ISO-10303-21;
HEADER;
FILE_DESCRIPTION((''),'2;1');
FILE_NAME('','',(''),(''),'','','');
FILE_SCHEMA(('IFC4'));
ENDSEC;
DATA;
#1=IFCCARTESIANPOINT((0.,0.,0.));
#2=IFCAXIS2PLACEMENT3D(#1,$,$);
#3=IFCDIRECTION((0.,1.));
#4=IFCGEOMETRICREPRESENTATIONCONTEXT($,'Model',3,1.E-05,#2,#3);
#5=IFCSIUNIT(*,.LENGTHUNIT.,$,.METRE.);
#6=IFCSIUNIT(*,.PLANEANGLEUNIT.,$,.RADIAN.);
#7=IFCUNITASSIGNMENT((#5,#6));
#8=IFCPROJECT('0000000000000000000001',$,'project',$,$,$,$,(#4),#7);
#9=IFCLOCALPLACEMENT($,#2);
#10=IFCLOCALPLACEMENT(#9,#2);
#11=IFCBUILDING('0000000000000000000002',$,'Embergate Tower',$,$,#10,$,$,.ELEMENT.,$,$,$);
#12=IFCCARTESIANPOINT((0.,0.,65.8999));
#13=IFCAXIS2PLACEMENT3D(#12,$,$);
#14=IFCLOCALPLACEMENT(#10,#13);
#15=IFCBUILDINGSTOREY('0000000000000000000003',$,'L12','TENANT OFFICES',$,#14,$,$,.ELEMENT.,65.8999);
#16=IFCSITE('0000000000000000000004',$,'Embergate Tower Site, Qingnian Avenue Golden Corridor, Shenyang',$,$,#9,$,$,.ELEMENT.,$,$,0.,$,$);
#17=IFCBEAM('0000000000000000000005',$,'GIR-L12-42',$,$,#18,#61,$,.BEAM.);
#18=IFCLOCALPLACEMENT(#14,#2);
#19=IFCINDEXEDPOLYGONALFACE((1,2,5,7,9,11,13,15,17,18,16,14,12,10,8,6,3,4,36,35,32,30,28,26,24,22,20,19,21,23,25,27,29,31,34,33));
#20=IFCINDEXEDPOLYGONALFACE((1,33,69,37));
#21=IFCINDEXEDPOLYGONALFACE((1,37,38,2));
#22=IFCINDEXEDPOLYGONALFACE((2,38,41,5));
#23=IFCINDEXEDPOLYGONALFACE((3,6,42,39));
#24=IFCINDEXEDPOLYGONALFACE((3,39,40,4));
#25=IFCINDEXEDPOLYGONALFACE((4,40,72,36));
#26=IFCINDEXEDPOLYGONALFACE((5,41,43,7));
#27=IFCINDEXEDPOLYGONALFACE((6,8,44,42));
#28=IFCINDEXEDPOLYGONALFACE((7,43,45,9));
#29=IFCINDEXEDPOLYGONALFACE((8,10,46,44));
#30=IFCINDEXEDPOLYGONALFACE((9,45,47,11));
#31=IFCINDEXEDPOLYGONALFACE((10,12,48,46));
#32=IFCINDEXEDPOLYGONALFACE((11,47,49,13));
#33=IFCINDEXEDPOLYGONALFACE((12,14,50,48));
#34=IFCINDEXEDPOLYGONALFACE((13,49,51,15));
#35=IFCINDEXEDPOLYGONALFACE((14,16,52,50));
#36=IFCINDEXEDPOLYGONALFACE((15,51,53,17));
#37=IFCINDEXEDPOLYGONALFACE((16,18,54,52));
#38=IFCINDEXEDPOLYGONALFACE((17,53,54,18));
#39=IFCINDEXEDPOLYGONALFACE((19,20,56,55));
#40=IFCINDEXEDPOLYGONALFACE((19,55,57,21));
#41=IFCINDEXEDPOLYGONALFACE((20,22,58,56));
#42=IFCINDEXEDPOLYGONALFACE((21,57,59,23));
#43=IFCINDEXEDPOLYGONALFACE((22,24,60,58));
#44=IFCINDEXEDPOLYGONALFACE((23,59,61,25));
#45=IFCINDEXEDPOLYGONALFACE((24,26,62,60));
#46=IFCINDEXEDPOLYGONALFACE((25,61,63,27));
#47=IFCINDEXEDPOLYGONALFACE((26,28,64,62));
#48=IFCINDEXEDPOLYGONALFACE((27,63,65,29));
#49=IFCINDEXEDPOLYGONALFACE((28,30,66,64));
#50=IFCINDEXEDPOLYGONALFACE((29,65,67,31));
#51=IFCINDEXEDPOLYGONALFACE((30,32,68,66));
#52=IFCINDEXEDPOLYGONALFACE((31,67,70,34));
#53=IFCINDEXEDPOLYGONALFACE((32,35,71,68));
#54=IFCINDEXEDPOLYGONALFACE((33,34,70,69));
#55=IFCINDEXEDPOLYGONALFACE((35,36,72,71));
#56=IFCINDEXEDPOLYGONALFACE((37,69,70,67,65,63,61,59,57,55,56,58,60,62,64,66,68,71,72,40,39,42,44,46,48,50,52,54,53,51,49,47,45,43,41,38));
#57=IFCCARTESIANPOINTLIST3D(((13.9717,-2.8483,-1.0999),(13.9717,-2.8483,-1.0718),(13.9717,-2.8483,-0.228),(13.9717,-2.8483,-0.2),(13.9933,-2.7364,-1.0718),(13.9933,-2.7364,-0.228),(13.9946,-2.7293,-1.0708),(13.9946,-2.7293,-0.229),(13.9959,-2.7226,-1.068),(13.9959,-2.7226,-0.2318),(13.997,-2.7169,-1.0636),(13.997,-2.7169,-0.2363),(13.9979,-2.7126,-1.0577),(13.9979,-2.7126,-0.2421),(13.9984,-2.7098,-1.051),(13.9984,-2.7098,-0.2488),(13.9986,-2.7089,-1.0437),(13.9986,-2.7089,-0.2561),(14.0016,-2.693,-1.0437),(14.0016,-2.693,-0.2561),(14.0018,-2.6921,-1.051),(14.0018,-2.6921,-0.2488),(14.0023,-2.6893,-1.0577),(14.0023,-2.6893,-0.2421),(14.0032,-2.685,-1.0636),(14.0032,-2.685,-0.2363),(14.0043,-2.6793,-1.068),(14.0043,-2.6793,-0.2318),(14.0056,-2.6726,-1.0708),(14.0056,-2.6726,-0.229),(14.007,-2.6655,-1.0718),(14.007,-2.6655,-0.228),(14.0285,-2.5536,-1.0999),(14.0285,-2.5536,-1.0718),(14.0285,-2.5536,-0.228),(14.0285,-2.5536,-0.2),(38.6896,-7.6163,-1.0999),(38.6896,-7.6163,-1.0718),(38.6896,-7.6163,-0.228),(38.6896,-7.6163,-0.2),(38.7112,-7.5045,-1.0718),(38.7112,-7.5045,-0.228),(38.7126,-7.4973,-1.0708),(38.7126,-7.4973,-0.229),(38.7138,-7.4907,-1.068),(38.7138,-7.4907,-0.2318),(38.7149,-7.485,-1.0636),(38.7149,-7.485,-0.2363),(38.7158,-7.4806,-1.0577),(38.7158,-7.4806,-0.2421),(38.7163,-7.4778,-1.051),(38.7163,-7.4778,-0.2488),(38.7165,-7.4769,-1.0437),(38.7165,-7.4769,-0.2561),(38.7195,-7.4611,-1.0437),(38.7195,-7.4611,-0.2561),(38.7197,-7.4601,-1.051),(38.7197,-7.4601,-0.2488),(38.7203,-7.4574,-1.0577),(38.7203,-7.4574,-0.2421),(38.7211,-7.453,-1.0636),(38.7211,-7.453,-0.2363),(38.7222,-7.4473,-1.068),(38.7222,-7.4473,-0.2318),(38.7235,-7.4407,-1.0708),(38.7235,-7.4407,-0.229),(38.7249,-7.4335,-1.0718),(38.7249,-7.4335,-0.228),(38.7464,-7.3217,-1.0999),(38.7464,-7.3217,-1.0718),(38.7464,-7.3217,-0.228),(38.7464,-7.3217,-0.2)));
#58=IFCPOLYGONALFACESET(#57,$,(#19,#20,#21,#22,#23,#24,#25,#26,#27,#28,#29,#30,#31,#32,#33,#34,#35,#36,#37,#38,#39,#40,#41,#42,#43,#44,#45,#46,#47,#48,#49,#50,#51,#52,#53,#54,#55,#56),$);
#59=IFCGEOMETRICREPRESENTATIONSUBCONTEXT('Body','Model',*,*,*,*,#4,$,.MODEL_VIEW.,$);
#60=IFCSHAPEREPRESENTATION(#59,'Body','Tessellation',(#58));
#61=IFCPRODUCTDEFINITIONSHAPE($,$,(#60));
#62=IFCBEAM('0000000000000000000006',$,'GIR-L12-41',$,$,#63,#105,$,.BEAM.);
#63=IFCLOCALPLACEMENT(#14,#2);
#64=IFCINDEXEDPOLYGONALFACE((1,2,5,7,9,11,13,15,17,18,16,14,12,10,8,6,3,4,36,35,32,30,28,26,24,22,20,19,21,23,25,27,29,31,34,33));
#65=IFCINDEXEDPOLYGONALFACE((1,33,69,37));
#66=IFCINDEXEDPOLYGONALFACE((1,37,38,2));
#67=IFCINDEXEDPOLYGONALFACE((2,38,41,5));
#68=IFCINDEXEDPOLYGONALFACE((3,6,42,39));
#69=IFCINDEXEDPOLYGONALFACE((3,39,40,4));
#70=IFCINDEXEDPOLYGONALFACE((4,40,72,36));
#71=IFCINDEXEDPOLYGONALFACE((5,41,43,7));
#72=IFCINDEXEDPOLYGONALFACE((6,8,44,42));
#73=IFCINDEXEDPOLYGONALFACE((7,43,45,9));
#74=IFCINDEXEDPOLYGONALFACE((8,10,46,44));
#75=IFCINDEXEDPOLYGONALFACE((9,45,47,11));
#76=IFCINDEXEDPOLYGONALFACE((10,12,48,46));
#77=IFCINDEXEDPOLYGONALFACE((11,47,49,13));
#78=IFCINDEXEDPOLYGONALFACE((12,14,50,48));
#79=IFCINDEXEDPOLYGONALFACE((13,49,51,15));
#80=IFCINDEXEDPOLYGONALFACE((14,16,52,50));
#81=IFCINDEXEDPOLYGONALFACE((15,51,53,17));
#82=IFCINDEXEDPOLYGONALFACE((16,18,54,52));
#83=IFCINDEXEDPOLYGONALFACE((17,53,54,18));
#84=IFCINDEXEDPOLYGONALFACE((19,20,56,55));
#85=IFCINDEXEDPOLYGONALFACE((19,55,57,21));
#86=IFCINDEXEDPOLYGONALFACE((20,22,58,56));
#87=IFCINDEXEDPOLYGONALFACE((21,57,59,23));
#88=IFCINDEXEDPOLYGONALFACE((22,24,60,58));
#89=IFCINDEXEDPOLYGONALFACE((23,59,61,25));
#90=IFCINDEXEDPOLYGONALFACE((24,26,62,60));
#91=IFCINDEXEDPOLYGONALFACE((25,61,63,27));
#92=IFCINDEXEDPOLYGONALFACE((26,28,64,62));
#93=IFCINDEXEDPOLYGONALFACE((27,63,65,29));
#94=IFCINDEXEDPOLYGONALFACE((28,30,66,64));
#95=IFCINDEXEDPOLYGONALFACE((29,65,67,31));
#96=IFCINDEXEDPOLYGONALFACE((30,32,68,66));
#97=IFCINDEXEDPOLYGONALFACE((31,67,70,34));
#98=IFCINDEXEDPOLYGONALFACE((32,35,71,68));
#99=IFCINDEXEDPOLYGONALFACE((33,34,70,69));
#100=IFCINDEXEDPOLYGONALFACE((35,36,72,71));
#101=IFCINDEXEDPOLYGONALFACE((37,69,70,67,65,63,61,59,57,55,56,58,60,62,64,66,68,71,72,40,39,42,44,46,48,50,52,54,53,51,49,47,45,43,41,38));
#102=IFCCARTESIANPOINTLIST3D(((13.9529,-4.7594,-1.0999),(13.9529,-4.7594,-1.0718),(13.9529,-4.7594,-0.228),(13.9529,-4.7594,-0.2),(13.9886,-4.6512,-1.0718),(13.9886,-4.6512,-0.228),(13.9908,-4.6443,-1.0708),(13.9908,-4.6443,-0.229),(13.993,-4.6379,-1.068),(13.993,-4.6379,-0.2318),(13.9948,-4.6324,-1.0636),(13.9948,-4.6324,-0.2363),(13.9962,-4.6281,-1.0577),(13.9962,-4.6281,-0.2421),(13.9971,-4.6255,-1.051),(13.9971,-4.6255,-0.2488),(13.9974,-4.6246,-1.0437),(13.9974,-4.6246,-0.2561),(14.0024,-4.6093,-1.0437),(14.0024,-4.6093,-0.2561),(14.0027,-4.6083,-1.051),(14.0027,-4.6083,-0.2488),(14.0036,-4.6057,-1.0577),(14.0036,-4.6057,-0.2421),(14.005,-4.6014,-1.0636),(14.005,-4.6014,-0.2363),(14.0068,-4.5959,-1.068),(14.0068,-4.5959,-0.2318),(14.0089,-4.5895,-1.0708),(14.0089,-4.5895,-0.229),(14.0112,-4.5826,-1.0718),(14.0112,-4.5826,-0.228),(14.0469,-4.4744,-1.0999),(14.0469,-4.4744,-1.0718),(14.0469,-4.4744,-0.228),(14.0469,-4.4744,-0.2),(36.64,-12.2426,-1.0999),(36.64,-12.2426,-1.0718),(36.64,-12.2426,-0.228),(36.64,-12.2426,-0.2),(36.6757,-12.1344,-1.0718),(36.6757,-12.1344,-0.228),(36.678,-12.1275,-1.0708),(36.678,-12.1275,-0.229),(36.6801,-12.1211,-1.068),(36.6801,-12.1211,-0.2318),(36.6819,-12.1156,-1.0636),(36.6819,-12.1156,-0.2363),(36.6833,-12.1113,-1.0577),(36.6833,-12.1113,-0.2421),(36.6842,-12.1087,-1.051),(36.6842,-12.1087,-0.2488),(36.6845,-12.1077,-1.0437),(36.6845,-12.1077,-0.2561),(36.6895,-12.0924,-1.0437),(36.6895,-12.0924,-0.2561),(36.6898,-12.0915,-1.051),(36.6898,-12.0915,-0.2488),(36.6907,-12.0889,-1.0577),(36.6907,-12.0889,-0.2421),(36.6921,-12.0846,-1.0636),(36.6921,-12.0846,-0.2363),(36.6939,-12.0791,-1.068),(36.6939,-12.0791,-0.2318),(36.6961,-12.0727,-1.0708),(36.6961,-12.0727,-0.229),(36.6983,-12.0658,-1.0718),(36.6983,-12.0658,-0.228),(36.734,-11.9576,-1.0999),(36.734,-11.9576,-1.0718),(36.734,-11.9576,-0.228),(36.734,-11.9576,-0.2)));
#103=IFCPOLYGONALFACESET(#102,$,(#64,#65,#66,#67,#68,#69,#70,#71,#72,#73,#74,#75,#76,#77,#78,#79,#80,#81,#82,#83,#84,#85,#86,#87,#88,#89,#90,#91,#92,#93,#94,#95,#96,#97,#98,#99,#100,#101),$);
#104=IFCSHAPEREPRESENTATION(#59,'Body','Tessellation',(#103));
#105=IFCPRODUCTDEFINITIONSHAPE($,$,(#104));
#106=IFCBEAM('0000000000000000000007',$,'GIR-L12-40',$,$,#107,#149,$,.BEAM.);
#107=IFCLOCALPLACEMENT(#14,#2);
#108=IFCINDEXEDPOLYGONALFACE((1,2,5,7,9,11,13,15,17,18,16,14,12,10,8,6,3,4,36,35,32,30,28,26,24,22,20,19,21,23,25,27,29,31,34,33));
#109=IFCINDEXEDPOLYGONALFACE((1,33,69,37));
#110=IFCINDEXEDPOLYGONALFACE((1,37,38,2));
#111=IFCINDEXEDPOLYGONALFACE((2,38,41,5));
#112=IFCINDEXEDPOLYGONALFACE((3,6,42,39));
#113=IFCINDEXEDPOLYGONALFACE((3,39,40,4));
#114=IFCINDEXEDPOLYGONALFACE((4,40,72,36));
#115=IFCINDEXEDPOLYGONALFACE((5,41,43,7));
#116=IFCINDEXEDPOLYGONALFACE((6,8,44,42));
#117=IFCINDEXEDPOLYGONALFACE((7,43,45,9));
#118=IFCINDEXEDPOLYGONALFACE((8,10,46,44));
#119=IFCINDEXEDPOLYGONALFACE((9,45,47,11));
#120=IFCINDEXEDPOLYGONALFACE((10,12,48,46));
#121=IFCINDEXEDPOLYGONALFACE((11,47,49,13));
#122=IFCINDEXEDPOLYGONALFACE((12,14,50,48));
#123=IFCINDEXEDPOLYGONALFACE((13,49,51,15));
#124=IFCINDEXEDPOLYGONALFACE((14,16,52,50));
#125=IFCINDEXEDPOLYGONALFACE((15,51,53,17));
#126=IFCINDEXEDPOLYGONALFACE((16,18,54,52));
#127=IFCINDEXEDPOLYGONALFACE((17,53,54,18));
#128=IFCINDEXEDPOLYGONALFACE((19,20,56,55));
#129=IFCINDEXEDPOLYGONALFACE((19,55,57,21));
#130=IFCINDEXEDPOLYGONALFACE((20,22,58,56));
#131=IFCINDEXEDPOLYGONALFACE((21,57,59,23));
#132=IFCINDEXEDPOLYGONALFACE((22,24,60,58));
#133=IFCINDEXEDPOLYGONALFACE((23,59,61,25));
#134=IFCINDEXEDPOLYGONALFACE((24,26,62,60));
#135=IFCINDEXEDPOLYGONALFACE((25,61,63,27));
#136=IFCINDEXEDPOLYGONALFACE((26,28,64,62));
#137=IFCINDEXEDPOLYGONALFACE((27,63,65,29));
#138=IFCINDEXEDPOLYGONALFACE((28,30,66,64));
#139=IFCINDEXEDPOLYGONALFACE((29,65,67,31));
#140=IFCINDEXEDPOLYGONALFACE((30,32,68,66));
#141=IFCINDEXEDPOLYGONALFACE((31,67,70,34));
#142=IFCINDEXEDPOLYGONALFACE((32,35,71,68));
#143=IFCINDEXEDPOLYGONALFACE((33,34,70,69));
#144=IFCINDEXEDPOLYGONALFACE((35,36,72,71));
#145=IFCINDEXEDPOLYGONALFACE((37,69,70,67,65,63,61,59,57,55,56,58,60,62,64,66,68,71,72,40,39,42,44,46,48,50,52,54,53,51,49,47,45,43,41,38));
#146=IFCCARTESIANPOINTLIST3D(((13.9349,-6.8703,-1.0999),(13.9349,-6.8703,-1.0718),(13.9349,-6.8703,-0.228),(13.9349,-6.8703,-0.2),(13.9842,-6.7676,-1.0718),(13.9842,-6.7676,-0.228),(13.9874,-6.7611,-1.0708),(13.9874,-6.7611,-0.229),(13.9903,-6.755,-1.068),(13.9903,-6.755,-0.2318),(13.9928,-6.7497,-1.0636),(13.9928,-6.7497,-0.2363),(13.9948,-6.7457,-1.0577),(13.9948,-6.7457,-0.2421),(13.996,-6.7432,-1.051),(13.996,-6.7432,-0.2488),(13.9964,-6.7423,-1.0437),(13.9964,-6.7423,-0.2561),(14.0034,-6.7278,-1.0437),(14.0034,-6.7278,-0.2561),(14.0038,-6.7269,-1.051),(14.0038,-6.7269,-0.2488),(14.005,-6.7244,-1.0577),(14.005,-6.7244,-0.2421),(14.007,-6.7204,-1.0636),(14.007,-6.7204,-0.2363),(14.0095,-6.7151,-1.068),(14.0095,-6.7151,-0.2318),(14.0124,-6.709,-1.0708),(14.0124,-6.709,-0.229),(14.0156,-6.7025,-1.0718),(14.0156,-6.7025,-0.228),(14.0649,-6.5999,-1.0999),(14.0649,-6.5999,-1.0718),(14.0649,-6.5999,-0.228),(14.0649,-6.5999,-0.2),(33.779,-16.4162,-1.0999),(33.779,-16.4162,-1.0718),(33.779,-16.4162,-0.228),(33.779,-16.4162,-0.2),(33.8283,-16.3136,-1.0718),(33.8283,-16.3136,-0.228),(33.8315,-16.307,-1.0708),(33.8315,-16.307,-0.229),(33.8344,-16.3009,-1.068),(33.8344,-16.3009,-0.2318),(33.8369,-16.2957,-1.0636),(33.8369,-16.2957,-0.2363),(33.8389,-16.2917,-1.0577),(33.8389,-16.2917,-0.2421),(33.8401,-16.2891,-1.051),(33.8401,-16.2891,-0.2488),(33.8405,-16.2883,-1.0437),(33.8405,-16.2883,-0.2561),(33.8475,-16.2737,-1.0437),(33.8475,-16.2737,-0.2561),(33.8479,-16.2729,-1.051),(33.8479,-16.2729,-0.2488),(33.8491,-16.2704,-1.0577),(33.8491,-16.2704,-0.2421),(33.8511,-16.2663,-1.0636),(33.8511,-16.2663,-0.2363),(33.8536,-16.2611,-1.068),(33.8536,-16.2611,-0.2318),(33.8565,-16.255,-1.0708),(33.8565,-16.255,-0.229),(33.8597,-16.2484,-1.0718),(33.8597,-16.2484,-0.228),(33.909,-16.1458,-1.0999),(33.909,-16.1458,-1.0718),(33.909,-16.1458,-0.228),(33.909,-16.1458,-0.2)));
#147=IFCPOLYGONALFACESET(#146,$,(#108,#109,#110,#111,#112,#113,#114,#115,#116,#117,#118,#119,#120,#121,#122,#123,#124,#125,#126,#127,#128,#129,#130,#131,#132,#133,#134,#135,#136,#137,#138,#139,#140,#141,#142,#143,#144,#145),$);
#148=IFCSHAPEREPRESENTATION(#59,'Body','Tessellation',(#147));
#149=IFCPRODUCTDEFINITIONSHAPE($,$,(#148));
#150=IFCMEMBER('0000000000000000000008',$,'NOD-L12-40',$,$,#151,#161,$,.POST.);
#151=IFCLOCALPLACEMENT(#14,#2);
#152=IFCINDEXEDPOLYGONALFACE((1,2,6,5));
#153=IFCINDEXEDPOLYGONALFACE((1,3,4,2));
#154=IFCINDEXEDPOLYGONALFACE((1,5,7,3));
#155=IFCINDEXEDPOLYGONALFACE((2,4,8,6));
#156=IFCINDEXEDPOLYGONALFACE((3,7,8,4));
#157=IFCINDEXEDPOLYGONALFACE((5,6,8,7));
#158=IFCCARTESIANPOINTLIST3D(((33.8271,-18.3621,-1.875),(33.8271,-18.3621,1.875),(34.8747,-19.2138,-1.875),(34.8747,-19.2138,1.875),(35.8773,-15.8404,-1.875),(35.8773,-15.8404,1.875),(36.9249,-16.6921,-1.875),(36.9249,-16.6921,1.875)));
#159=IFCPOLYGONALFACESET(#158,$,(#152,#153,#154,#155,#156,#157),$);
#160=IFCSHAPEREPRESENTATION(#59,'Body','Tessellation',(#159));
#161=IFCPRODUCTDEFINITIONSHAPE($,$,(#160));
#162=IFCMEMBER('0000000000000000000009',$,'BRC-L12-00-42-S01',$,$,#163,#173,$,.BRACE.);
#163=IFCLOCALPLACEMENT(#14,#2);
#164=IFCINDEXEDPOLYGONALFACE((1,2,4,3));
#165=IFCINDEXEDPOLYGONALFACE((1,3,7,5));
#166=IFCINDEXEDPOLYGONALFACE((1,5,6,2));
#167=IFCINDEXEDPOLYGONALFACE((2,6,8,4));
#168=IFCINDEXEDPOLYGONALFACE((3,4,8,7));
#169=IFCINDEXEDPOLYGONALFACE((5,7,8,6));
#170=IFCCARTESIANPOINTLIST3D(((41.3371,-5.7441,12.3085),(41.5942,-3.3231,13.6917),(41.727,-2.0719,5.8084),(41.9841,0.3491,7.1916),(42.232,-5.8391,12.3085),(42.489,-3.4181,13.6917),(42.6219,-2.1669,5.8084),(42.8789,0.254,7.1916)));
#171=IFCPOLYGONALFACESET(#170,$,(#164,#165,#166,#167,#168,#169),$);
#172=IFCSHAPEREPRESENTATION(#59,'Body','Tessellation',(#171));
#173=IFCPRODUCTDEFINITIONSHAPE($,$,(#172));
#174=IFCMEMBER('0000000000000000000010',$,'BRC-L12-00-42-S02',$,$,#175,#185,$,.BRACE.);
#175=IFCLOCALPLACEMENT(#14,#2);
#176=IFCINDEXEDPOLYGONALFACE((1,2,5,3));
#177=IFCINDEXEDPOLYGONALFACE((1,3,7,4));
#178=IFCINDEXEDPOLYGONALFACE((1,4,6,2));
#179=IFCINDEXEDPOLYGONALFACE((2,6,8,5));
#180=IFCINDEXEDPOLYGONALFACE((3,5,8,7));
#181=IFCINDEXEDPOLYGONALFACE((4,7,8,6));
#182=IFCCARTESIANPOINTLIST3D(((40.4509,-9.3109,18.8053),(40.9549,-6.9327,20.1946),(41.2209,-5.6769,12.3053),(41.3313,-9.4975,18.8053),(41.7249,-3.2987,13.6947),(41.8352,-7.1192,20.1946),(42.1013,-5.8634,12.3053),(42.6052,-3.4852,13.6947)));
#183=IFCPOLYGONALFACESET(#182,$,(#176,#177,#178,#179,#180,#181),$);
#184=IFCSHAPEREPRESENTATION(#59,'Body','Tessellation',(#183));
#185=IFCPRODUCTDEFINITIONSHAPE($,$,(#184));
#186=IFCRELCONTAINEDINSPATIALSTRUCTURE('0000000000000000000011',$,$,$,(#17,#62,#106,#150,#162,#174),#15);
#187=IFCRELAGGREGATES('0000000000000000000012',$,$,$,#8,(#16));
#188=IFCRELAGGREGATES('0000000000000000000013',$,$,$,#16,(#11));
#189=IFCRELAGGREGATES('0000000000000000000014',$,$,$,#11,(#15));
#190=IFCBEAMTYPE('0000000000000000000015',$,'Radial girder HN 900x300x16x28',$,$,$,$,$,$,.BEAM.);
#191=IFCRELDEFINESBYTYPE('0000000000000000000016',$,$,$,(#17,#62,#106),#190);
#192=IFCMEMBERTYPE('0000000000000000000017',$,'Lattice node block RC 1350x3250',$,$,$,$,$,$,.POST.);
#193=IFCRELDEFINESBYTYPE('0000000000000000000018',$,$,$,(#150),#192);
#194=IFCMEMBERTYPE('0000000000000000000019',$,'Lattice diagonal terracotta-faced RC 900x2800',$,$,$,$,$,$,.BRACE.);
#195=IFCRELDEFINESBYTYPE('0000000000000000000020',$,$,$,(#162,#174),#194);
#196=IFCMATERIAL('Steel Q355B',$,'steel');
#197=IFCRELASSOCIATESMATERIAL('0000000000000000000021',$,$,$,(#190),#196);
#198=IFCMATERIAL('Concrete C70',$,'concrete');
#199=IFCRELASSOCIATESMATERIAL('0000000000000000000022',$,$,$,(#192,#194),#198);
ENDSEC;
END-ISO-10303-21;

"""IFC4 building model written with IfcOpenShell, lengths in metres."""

from ifc_helpers import new_model, si_unit, direction, frame, origin, origin_2d, place, context, subcontext, project, spatial, rectangle, i_section, extrude, source, transform, mapped, material, material_profile, profile_set, type_object, element, save


model = new_model("IFC4")

# Units and contexts
model_context = context("Model", 3, precision=1e-05, world=origin(), true_north=direction((0.0, 1.0)))
body_context = subcontext(model_context, "Body", "Model", "MODEL_VIEW")
ifc_project = project(units=[si_unit("LENGTHUNIT", "METRE"), si_unit("PLANEANGLEUNIT", "RADIAN")], contexts=[model_context])

# Site, building, storey
site_placement = place(None, origin())
site = spatial("IfcSite", under=ifc_project, at=site_placement, Name="Embergate Tower Site, Qingnian Avenue Golden Corridor, Shenyang", CompositionType="ELEMENT", RefElevation=0.0)
building_placement = place(site_placement, origin())
building = spatial("IfcBuilding", under=site, at=building_placement, Name="Embergate Tower", CompositionType="ELEMENT")
storey_placement = place(building_placement, frame((0.0, 0.0, 65.8999)))
storey = spatial("IfcBuildingStorey", under=building, at=storey_placement, Name="L12", Description="TENANT OFFICES", CompositionType="ELEMENT", Elevation=65.8999)

# Shared definitions
ifc_material_1 = material(Name="Concrete C70", Category="concrete")

# Beams
ifc_material_2 = material(Name="Steel Q355B", Category="steel")
ifc_material_profile_1 = material_profile(ifc_material_2, i_section(OverallWidth=0.3, OverallDepth=0.8999, WebThickness=0.0161, FlangeThickness=0.0281, FilletRadius=0.0281, at=origin_2d()), Name="HN 900x300x16x28")
ifc_profile_set_1 = profile_set([ifc_material_profile_1], Name="Steel Q355 grade B")
beam_type_1 = type_object("IfcBeamType", Name="Radial girder HN 900x300x16x28", PredefinedType="BEAM", material=ifc_profile_set_1)
shared_shape_1 = source(origin(), body_context, "Body", "SweptSolid", [
    extrude(i_section(OverallWidth=0.3, OverallDepth=0.8999, WebThickness=0.0161, FlangeThickness=0.0281, FilletRadius=0.0281, at=origin_2d()), origin(), (0.0, 0.0, 1.0), 25.1736),
])
beam_1_placement = place(storey_placement, frame((38.718, -7.469, -0.6499), z_axis=(-0.981899, 0.189407, 0.0), x_axis=(-0.189407, -0.981899, 0.0)))
element("IfcBeam", 1, at=beam_1_placement, inside=storey, type_object=beam_type_1, Name="GIR-L12-42", PredefinedType="BEAM", context=body_context, shape_type="MappedRepresentation", body=[
    mapped(shared_shape_1, transform((0.0, 0.0, 0.0))),
])
shared_shape_2 = source(origin(), body_context, "Body", "SweptSolid", [
    extrude(i_section(OverallWidth=0.3, OverallDepth=0.8999, WebThickness=0.0161, FlangeThickness=0.0281, FilletRadius=0.0281, at=origin_2d()), origin(), (0.0, 0.0, 1.0), 23.8894),
])
beam_2_placement = place(storey_placement, frame((36.687, -12.1001, -0.6499), z_axis=(-0.949673, 0.313243, 0.0), x_axis=(-0.313243, -0.949673, 0.0)))
element("IfcBeam", 2, at=beam_2_placement, inside=storey, type_object=beam_type_1, Name="GIR-L12-41", PredefinedType="BEAM", context=body_context, shape_type="MappedRepresentation", body=[
    mapped(shared_shape_2, transform((0.0, 0.0, 0.0))),
])
shared_shape_3 = source(origin(), body_context, "Body", "SweptSolid", [
    extrude(i_section(OverallWidth=0.3, OverallDepth=0.8999, WebThickness=0.0161, FlangeThickness=0.0281, FilletRadius=0.0281, at=origin_2d()), origin(), (0.0, 0.0, 1.0), 22.0208),
])
beam_3_placement = place(storey_placement, frame((33.844, -16.281, -0.6499), z_axis=(-0.901155, 0.433498, 0.0), x_axis=(-0.433498, -0.901155, 0.0)))
element("IfcBeam", 3, at=beam_3_placement, inside=storey, type_object=beam_type_1, Name="GIR-L12-40", PredefinedType="BEAM", context=body_context, shape_type="MappedRepresentation", body=[
    mapped(shared_shape_3, transform((0.0, 0.0, 0.0))),
])

# Members
ifc_material_profile_2 = material_profile(ifc_material_1, rectangle(XDim=1.3501, YDim=3.25, at=origin_2d()), Name="RC 1350x3250")
ifc_profile_set_2 = profile_set([ifc_material_profile_2], Name="Concrete C70")
member_type_1 = type_object("IfcMemberType", Name="Lattice node block RC 1350x3250", PredefinedType="POST", material=ifc_profile_set_2)
shared_shape_4 = source(origin(), body_context, "Body", "SweptSolid", [
    extrude(rectangle(XDim=1.3501, YDim=3.25, at=origin_2d()), origin(), (0.0, 0.0, 1.0), 3.75),
])
member_1_placement = place(storey_placement, frame((35.376, -17.5271, -1.875), z_axis=(0.0, 0.0, 1.0), x_axis=(0.775925, -0.630825, 0.0)))
element("IfcMember", 4, at=member_1_placement, inside=storey, type_object=member_type_1, Name="NOD-L12-40", PredefinedType="POST", context=body_context, shape_type="MappedRepresentation", body=[
    mapped(shared_shape_4, transform((0.0, 0.0, 0.0))),
])
ifc_material_profile_3 = material_profile(ifc_material_1, rectangle(XDim=0.8999, YDim=2.8, at=origin_2d()), Name="RC 900x2800")
ifc_profile_set_3 = profile_set([ifc_material_profile_3], Name="Concrete C70")
member_type_2 = type_object("IfcMemberType", Name="Lattice diagonal terracotta-faced RC 900x2800", PredefinedType="BRACE", material=ifc_profile_set_3)
shared_shape_5 = source(origin(), body_context, "Body", "SweptSolid", [
    extrude(rectangle(XDim=0.8999, YDim=2.8, at=origin_2d()), origin(), (0.0, 0.0, 1.0), 7.4758),
])
member_2_placement = place(storey_placement, frame((42.303, -0.9089, 6.5), z_axis=(-0.052154, -0.491206, 0.869481), x_axis=(0.99441, -0.105583, 0.0)))
element("IfcMember", 5, at=member_2_placement, inside=storey, type_object=member_type_2, Name="BRC-L12-00-42-S01", PredefinedType="BRACE", context=body_context, shape_type="MappedRepresentation", body=[
    mapped(shared_shape_5, transform((0.0, 0.0, 0.0))),
])
shared_shape_6 = source(origin(), body_context, "Body", "SweptSolid", [
    extrude(rectangle(XDim=0.8999, YDim=2.8, at=origin_2d()), origin(), (0.0, 0.0, 1.0), 7.4866),
])
member_3_placement = place(storey_placement, frame((41.9131, -4.5811, 13.0), z_axis=(-0.102853, -0.485405, 0.868218), x_axis=(0.97828, -0.207289, 0.0)))
element("IfcMember", 6, at=member_3_placement, inside=storey, type_object=member_type_2, Name="BRC-L12-00-42-S02", PredefinedType="BRACE", context=body_context, shape_type="MappedRepresentation", body=[
    mapped(shared_shape_6, transform((0.0, 0.0, 0.0))),
])

save(model, "model.ifc")
